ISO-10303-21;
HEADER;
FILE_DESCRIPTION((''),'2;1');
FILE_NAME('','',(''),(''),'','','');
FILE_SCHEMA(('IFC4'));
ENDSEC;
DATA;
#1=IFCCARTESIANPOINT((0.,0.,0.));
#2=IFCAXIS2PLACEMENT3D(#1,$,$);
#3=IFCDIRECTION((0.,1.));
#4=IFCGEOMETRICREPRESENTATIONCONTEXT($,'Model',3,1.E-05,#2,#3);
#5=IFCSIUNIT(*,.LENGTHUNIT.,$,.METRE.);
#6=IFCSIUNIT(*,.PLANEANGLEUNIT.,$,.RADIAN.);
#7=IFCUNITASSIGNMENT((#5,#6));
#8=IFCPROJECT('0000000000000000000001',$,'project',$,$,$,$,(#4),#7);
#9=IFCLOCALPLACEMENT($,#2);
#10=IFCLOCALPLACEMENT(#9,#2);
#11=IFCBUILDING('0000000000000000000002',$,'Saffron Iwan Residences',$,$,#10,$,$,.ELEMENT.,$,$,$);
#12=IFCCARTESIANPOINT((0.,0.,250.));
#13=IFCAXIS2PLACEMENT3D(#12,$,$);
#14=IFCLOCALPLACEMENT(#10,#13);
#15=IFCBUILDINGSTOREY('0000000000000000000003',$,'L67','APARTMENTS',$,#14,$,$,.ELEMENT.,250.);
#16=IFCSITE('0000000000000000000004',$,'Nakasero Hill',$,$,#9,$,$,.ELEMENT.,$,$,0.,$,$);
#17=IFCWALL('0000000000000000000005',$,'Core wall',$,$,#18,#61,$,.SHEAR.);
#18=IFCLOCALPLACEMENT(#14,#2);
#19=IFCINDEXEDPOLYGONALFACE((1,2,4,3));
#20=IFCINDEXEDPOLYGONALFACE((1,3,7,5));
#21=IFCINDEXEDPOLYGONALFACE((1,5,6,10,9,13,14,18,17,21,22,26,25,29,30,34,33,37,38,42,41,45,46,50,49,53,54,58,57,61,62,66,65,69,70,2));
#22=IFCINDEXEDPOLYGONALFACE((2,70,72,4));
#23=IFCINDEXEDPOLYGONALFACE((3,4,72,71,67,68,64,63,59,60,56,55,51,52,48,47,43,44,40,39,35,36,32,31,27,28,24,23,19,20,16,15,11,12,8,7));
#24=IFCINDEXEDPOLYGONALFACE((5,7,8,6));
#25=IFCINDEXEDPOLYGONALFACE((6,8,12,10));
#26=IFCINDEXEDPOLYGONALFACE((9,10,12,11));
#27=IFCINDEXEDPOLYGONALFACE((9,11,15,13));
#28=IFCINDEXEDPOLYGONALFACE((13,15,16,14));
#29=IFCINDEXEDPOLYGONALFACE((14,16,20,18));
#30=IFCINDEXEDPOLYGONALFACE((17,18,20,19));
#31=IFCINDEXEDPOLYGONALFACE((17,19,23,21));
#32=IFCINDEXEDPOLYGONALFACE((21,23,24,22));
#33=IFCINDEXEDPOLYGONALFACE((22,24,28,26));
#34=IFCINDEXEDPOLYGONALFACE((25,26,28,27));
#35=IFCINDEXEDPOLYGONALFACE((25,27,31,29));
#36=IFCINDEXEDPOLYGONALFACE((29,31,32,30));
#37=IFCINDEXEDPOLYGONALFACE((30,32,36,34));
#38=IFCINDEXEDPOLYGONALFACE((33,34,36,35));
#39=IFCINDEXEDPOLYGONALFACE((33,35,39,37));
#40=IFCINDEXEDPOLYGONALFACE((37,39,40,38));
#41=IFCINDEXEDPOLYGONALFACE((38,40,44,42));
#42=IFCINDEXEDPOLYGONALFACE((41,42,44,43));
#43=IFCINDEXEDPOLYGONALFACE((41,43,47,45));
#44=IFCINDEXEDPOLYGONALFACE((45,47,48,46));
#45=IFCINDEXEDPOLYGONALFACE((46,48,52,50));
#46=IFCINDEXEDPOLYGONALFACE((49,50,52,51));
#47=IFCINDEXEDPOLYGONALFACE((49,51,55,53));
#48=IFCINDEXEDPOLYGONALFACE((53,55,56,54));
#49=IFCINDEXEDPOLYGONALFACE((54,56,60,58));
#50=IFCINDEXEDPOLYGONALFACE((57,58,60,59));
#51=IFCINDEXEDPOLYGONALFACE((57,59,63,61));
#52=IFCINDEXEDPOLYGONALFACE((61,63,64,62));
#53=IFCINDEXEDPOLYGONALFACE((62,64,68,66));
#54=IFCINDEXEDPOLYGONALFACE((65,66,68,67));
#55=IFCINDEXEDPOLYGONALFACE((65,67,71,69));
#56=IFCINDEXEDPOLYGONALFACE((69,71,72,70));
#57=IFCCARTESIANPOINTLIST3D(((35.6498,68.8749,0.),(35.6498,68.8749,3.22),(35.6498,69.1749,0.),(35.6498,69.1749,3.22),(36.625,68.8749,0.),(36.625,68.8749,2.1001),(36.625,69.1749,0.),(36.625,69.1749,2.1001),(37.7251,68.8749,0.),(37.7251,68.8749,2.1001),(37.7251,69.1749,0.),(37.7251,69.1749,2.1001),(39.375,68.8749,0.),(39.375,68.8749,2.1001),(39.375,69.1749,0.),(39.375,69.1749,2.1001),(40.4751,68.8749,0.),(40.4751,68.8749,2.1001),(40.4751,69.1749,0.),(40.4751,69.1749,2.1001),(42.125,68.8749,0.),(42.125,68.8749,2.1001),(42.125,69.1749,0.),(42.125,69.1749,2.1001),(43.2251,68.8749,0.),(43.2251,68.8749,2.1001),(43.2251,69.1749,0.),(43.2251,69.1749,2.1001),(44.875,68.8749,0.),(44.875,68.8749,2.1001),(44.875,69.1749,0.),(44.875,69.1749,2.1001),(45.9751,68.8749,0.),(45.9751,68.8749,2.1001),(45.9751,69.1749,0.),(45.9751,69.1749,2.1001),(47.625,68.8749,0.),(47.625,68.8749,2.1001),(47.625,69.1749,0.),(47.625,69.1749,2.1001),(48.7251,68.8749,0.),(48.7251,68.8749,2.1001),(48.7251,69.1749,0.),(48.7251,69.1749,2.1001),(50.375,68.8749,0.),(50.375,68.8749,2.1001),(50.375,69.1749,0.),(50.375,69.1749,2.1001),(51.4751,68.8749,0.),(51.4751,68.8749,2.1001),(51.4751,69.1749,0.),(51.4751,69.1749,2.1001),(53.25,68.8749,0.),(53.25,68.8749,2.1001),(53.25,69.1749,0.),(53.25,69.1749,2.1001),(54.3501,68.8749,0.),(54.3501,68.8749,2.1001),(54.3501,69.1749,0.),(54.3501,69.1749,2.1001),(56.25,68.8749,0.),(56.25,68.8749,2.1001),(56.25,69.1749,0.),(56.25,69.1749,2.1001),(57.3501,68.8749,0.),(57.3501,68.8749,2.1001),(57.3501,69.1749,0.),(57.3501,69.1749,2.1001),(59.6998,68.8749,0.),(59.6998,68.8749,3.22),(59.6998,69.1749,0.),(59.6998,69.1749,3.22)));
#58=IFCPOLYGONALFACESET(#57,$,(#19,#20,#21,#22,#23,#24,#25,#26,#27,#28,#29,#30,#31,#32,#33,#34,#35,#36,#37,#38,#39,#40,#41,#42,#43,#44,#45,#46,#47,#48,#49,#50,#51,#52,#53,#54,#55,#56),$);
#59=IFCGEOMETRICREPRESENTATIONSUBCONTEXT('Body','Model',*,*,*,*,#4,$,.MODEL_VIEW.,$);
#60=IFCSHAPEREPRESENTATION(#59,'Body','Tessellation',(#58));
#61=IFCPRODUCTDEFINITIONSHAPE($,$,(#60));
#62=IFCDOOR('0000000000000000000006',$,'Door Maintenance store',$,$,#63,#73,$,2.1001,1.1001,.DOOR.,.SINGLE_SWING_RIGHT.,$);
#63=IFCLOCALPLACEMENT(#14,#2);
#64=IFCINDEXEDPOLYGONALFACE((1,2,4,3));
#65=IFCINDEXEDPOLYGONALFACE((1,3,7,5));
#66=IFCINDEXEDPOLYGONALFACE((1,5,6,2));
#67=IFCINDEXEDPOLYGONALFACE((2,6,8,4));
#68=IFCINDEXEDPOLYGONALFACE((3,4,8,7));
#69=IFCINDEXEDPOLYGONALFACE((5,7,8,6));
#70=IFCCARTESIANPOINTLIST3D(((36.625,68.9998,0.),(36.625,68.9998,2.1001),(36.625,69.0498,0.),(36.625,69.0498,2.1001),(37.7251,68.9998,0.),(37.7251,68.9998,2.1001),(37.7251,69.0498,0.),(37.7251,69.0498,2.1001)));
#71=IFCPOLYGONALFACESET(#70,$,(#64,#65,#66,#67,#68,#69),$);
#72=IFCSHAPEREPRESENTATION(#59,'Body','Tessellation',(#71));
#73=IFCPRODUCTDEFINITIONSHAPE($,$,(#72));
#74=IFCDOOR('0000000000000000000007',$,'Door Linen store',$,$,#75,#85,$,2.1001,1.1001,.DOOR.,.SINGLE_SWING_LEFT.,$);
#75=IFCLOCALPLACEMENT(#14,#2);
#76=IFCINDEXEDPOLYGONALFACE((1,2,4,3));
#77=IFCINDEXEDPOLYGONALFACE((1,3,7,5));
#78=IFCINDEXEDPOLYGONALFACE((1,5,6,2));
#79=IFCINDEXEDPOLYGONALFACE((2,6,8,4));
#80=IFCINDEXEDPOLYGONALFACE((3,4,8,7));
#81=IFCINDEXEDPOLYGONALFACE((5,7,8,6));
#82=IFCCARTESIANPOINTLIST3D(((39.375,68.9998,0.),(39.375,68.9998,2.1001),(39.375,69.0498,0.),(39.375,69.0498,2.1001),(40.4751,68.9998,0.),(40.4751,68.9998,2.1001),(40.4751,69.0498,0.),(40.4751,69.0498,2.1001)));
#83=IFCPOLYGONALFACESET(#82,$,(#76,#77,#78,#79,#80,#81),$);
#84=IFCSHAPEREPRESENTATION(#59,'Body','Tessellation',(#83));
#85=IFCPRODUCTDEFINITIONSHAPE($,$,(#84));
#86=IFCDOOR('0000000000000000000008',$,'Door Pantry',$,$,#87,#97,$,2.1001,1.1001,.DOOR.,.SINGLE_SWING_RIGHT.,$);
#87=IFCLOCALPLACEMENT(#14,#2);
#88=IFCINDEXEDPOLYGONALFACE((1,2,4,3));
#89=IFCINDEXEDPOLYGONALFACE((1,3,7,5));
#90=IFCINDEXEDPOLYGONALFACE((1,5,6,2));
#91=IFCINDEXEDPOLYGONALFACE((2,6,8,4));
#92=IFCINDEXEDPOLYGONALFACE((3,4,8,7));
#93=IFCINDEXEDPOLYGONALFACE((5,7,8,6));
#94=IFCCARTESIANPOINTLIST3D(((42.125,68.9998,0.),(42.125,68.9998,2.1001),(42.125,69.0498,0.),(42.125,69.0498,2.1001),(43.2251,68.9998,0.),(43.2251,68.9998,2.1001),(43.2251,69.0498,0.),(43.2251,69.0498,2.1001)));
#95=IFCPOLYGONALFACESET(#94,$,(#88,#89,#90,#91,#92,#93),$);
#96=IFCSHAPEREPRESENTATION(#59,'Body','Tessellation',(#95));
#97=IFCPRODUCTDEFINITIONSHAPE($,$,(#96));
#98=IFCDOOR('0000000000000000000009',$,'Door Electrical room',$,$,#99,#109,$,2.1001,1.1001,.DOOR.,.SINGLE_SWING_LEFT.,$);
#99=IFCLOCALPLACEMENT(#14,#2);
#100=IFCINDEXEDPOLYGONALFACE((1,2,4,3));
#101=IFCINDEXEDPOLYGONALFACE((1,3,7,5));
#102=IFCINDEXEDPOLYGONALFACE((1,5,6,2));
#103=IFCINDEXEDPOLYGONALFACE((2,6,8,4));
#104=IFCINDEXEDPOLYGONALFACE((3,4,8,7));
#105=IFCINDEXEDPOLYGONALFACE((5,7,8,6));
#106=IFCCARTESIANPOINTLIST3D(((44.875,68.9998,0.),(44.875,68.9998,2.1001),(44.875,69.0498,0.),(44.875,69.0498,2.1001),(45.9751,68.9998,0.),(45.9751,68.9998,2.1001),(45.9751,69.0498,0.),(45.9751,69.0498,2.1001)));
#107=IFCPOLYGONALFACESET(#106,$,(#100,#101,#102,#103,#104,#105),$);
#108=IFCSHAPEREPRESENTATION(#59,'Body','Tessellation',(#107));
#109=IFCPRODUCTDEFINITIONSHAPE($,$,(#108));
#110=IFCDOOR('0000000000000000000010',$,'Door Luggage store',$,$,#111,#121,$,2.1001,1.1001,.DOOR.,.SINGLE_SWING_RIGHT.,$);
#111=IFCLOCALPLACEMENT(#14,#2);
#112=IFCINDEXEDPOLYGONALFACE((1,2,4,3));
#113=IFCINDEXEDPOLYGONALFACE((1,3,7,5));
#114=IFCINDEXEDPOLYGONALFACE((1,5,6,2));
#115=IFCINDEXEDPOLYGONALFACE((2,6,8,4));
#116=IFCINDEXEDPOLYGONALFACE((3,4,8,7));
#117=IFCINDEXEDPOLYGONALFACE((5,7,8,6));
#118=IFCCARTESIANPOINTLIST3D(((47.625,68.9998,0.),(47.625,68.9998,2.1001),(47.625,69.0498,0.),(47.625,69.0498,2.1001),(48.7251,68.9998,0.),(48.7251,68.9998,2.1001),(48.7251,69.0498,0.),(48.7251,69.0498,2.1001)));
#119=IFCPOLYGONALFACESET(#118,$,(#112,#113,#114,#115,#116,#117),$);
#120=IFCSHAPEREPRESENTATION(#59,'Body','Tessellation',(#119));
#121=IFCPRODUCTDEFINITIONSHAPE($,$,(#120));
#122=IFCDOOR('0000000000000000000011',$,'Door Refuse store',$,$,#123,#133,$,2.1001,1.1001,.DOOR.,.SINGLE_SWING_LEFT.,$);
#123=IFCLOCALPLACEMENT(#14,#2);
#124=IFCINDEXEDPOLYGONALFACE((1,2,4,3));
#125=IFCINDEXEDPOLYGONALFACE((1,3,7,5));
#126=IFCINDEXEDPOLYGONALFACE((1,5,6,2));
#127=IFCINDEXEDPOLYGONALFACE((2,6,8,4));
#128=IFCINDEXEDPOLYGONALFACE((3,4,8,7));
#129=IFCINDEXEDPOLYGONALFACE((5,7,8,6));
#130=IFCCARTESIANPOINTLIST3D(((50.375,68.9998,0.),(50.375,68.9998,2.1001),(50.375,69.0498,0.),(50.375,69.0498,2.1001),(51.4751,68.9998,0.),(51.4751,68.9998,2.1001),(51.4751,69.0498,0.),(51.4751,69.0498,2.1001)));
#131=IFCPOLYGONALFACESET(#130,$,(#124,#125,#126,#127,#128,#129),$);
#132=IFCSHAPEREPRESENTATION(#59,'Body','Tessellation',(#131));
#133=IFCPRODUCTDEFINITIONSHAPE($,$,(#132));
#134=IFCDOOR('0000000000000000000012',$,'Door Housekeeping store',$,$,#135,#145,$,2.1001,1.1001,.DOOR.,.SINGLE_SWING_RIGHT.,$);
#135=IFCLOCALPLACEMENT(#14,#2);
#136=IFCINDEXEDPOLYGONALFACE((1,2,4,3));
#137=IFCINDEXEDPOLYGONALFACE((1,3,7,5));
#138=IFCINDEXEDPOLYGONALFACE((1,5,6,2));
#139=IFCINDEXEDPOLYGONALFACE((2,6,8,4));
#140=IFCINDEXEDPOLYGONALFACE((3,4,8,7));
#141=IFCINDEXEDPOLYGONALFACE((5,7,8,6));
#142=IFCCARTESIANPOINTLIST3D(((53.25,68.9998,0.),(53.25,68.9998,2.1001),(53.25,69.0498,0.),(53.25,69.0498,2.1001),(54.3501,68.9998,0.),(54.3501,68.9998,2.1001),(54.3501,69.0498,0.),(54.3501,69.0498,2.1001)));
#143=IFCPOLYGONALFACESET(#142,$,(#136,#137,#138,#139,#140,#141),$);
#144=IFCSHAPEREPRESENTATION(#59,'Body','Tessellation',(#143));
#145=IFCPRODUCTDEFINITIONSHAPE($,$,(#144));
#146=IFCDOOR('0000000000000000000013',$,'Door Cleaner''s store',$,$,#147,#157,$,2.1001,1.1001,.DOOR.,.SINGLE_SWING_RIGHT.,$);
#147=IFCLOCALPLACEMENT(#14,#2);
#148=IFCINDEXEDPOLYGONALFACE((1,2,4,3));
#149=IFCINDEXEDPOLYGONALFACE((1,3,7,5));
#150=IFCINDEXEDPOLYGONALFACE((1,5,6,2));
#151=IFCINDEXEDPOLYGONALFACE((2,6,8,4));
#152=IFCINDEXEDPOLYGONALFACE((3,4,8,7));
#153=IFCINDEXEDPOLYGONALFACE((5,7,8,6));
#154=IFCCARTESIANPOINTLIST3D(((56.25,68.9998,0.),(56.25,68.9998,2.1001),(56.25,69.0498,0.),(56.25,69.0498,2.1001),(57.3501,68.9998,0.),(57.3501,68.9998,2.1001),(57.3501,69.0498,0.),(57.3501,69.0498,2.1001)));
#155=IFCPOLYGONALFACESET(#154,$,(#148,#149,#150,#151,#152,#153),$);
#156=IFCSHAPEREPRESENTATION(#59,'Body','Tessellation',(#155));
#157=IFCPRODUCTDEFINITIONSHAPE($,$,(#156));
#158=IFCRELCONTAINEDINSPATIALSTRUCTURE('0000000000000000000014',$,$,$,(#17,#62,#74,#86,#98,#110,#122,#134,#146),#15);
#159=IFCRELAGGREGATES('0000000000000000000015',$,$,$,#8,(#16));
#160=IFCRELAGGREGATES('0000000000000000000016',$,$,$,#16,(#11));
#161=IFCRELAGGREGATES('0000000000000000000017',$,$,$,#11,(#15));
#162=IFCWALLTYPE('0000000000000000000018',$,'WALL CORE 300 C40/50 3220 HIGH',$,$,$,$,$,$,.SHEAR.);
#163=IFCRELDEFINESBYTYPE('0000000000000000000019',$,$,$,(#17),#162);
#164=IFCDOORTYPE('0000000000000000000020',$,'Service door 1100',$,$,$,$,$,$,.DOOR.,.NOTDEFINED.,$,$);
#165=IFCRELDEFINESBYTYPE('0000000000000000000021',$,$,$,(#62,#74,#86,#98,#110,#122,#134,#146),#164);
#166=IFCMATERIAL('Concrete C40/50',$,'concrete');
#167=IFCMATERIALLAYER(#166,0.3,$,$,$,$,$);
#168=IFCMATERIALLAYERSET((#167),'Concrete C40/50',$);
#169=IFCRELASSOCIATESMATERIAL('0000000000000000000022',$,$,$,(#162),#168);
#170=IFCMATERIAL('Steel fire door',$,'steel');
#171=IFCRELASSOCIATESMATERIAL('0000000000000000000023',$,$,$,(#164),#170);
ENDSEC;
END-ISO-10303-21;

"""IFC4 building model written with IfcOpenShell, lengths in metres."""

from ifc_helpers import new_model, si_unit, direction, frame, frame_2d, origin, place, context, subcontext, project, spatial, rectangle, extrude, material, layer, layer_set, type_object, element, fill, save


model = new_model("IFC4")

# Units and contexts
model_context = context("Model", 3, precision=1e-05, world=origin(), true_north=direction((0.0, 1.0)))
body_context = subcontext(model_context, "Body", "Model", "MODEL_VIEW")
ifc_project = project(units=[si_unit("LENGTHUNIT", "METRE"), si_unit("PLANEANGLEUNIT", "RADIAN")], contexts=[model_context])

# Site, building, storey
site_placement = place(None, origin())
site = spatial("IfcSite", under=ifc_project, at=site_placement, Name="Nakasero Hill", CompositionType="ELEMENT", RefElevation=0.0)
building_placement = place(site_placement, origin())
building = spatial("IfcBuilding", under=site, at=building_placement, Name="Saffron Iwan Residences", CompositionType="ELEMENT")
storey_placement = place(building_placement, frame((0.0, 0.0, 250.0)))
storey = spatial("IfcBuildingStorey", under=building, at=storey_placement, Name="L67", Description="APARTMENTS", CompositionType="ELEMENT", Elevation=250.0)

# Wall, openings, doors
ifc_material_1 = material(Name="Concrete C40/50", Category="concrete")
ifc_layer = layer(ifc_material_1, 0.3)
ifc_layer_set = layer_set([ifc_layer], Name="Concrete C40/50")
wall_type = type_object("IfcWallType", Name="WALL CORE 300 C40/50 3220 HIGH", PredefinedType="SHEAR", material=ifc_layer_set)
wall_1_placement = place(storey_placement, frame((35.6499, 69.0249, 0.0), z_axis=(0.0, 0.0, 1.0), x_axis=(1.0, 0.0, 0.0)))
wall_1 = element("IfcWall", 1, at=wall_1_placement, inside=storey, type_object=wall_type, Name="Core wall", PredefinedType="SHEAR", context=body_context, shape_type="SweptSolid", body=[
    extrude(rectangle(XDim=24.05, YDim=0.3, at=frame_2d((12.0249, 0.0))), origin(), (0.0, 0.0, 1.0), 3.22),
])
opening_1_placement = place(wall_1_placement, frame((0.9751, 0.0, 0.0)))
opening_1 = element("IfcOpeningElement", 2, at=opening_1_placement, cuts=wall_1, PredefinedType="OPENING", context=body_context, shape_type="SweptSolid", body=[
    extrude(rectangle(XDim=1.1001, YDim=2.1001, at=frame_2d((0.55, 1.05))), frame((0.0, 0.1602, 0.0), z_axis=(0.0, -1.0, 0.0), x_axis=(1.0, 0.0, 0.0)), (0.0, 0.0, 1.0), 0.3201),
])
opening_2_placement = place(wall_1_placement, frame((3.7251, 0.0, 0.0)))
opening_2 = element("IfcOpeningElement", 3, at=opening_2_placement, cuts=wall_1, PredefinedType="OPENING", context=body_context, shape_type="SweptSolid", body=[
    extrude(rectangle(XDim=1.1001, YDim=2.1001, at=frame_2d((0.55, 1.05))), frame((0.0, 0.1602, 0.0), z_axis=(0.0, -1.0, 0.0), x_axis=(1.0, 0.0, 0.0)), (0.0, 0.0, 1.0), 0.3201),
])
opening_3_placement = place(wall_1_placement, frame((6.4751, 0.0, 0.0)))
opening_3 = element("IfcOpeningElement", 4, at=opening_3_placement, cuts=wall_1, PredefinedType="OPENING", context=body_context, shape_type="SweptSolid", body=[
    extrude(rectangle(XDim=1.1001, YDim=2.1001, at=frame_2d((0.55, 1.05))), frame((0.0, 0.1602, 0.0), z_axis=(0.0, -1.0, 0.0), x_axis=(1.0, 0.0, 0.0)), (0.0, 0.0, 1.0), 0.3201),
])
opening_4_placement = place(wall_1_placement, frame((9.2251, 0.0, 0.0)))
opening_4 = element("IfcOpeningElement", 5, at=opening_4_placement, cuts=wall_1, PredefinedType="OPENING", context=body_context, shape_type="SweptSolid", body=[
    extrude(rectangle(XDim=1.1001, YDim=2.1001, at=frame_2d((0.55, 1.05))), frame((0.0, 0.1602, 0.0), z_axis=(0.0, -1.0, 0.0), x_axis=(1.0, 0.0, 0.0)), (0.0, 0.0, 1.0), 0.3201),
])
opening_5_placement = place(wall_1_placement, frame((11.9751, 0.0, 0.0)))
opening_5 = element("IfcOpeningElement", 6, at=opening_5_placement, cuts=wall_1, PredefinedType="OPENING", context=body_context, shape_type="SweptSolid", body=[
    extrude(rectangle(XDim=1.1001, YDim=2.1001, at=frame_2d((0.55, 1.05))), frame((0.0, 0.1602, 0.0), z_axis=(0.0, -1.0, 0.0), x_axis=(1.0, 0.0, 0.0)), (0.0, 0.0, 1.0), 0.3201),
])
opening_6_placement = place(wall_1_placement, frame((14.7251, 0.0, 0.0)))
opening_6 = element("IfcOpeningElement", 7, at=opening_6_placement, cuts=wall_1, PredefinedType="OPENING", context=body_context, shape_type="SweptSolid", body=[
    extrude(rectangle(XDim=1.1001, YDim=2.1001, at=frame_2d((0.55, 1.05))), frame((0.0, 0.1602, 0.0), z_axis=(0.0, -1.0, 0.0), x_axis=(1.0, 0.0, 0.0)), (0.0, 0.0, 1.0), 0.3201),
])
opening_7_placement = place(wall_1_placement, frame((17.6001, 0.0, 0.0)))
opening_7 = element("IfcOpeningElement", 8, at=opening_7_placement, cuts=wall_1, PredefinedType="OPENING", context=body_context, shape_type="SweptSolid", body=[
    extrude(rectangle(XDim=1.1001, YDim=2.1001, at=frame_2d((0.55, 1.05))), frame((0.0, 0.1602, 0.0), z_axis=(0.0, -1.0, 0.0), x_axis=(1.0, 0.0, 0.0)), (0.0, 0.0, 1.0), 0.3201),
])
opening_8_placement = place(wall_1_placement, frame((20.6001, 0.0, 0.0)))
opening_8 = element("IfcOpeningElement", 9, at=opening_8_placement, cuts=wall_1, PredefinedType="OPENING", context=body_context, shape_type="SweptSolid", body=[
    extrude(rectangle(XDim=1.1001, YDim=2.1001, at=frame_2d((0.55, 1.05))), frame((0.0, 0.1602, 0.0), z_axis=(0.0, -1.0, 0.0), x_axis=(1.0, 0.0, 0.0)), (0.0, 0.0, 1.0), 0.3201),
])
ifc_material_2 = material(Name="Steel fire door", Category="steel")
door_type_1 = type_object("IfcDoorType", Name="Service door 1100", OperationType="NOTDEFINED", PredefinedType="DOOR", material=ifc_material_2)
door_1_placement = place(opening_1_placement, origin())
door_1 = element("IfcDoor", 10, at=door_1_placement, inside=storey, type_object=door_type_1, Name="Door Maintenance store", OperationType="SINGLE_SWING_RIGHT", OverallHeight=2.1001, OverallWidth=1.1001, PredefinedType="DOOR", context=body_context, shape_type="SweptSolid", body=[
    extrude(rectangle(XDim=1.1001, YDim=2.1001, at=frame_2d((0.55, 1.05))), frame((0.0, 0.0249, 0.0), z_axis=(0.0, -1.0, 0.0), x_axis=(1.0, 0.0, 0.0)), (0.0, 0.0, 1.0), 0.05),
])
fill(opening_1, door_1)
door_2_placement = place(opening_2_placement, origin())
door_2 = element("IfcDoor", 11, at=door_2_placement, inside=storey, type_object=door_type_1, Name="Door Linen store", OperationType="SINGLE_SWING_LEFT", OverallHeight=2.1001, OverallWidth=1.1001, PredefinedType="DOOR", context=body_context, shape_type="SweptSolid", body=[
    extrude(rectangle(XDim=1.1001, YDim=2.1001, at=frame_2d((0.55, 1.05))), frame((0.0, 0.0249, 0.0), z_axis=(0.0, -1.0, 0.0), x_axis=(1.0, 0.0, 0.0)), (0.0, 0.0, 1.0), 0.05),
])
fill(opening_2, door_2)
door_3_placement = place(opening_3_placement, origin())
door_3 = element("IfcDoor", 12, at=door_3_placement, inside=storey, type_object=door_type_1, Name="Door Pantry", OperationType="SINGLE_SWING_RIGHT", OverallHeight=2.1001, OverallWidth=1.1001, PredefinedType="DOOR", context=body_context, shape_type="SweptSolid", body=[
    extrude(rectangle(XDim=1.1001, YDim=2.1001, at=frame_2d((0.55, 1.05))), frame((0.0, 0.0249, 0.0), z_axis=(0.0, -1.0, 0.0), x_axis=(1.0, 0.0, 0.0)), (0.0, 0.0, 1.0), 0.05),
])
fill(opening_3, door_3)
door_4_placement = place(opening_4_placement, origin())
door_4 = element("IfcDoor", 13, at=door_4_placement, inside=storey, type_object=door_type_1, Name="Door Electrical room", OperationType="SINGLE_SWING_LEFT", OverallHeight=2.1001, OverallWidth=1.1001, PredefinedType="DOOR", context=body_context, shape_type="SweptSolid", body=[
    extrude(rectangle(XDim=1.1001, YDim=2.1001, at=frame_2d((0.55, 1.05))), frame((0.0, 0.0249, 0.0), z_axis=(0.0, -1.0, 0.0), x_axis=(1.0, 0.0, 0.0)), (0.0, 0.0, 1.0), 0.05),
])
fill(opening_4, door_4)
door_5_placement = place(opening_5_placement, origin())
door_5 = element("IfcDoor", 14, at=door_5_placement, inside=storey, type_object=door_type_1, Name="Door Luggage store", OperationType="SINGLE_SWING_RIGHT", OverallHeight=2.1001, OverallWidth=1.1001, PredefinedType="DOOR", context=body_context, shape_type="SweptSolid", body=[
    extrude(rectangle(XDim=1.1001, YDim=2.1001, at=frame_2d((0.55, 1.05))), frame((0.0, 0.0249, 0.0), z_axis=(0.0, -1.0, 0.0), x_axis=(1.0, 0.0, 0.0)), (0.0, 0.0, 1.0), 0.05),
])
fill(opening_5, door_5)
door_6_placement = place(opening_6_placement, origin())
door_6 = element("IfcDoor", 15, at=door_6_placement, inside=storey, type_object=door_type_1, Name="Door Refuse store", OperationType="SINGLE_SWING_LEFT", OverallHeight=2.1001, OverallWidth=1.1001, PredefinedType="DOOR", context=body_context, shape_type="SweptSolid", body=[
    extrude(rectangle(XDim=1.1001, YDim=2.1001, at=frame_2d((0.55, 1.05))), frame((0.0, 0.0249, 0.0), z_axis=(0.0, -1.0, 0.0), x_axis=(1.0, 0.0, 0.0)), (0.0, 0.0, 1.0), 0.05),
])
fill(opening_6, door_6)
door_7_placement = place(opening_7_placement, origin())
door_7 = element("IfcDoor", 16, at=door_7_placement, inside=storey, type_object=door_type_1, Name="Door Housekeeping store", OperationType="SINGLE_SWING_RIGHT", OverallHeight=2.1001, OverallWidth=1.1001, PredefinedType="DOOR", context=body_context, shape_type="SweptSolid", body=[
    extrude(rectangle(XDim=1.1001, YDim=2.1001, at=frame_2d((0.55, 1.05))), frame((0.0, 0.0249, 0.0), z_axis=(0.0, -1.0, 0.0), x_axis=(1.0, 0.0, 0.0)), (0.0, 0.0, 1.0), 0.05),
])
fill(opening_7, door_7)
door_8_placement = place(opening_8_placement, origin())
door_8 = element("IfcDoor", 17, at=door_8_placement, inside=storey, type_object=door_type_1, Name="Door Cleaner's store", OperationType="SINGLE_SWING_RIGHT", OverallHeight=2.1001, OverallWidth=1.1001, PredefinedType="DOOR", context=body_context, shape_type="SweptSolid", body=[
    extrude(rectangle(XDim=1.1001, YDim=2.1001, at=frame_2d((0.55, 1.05))), frame((0.0, 0.0249, 0.0), z_axis=(0.0, -1.0, 0.0), x_axis=(1.0, 0.0, 0.0)), (0.0, 0.0, 1.0), 0.05),
])
fill(opening_8, door_8)

save(model, "model.ifc")
